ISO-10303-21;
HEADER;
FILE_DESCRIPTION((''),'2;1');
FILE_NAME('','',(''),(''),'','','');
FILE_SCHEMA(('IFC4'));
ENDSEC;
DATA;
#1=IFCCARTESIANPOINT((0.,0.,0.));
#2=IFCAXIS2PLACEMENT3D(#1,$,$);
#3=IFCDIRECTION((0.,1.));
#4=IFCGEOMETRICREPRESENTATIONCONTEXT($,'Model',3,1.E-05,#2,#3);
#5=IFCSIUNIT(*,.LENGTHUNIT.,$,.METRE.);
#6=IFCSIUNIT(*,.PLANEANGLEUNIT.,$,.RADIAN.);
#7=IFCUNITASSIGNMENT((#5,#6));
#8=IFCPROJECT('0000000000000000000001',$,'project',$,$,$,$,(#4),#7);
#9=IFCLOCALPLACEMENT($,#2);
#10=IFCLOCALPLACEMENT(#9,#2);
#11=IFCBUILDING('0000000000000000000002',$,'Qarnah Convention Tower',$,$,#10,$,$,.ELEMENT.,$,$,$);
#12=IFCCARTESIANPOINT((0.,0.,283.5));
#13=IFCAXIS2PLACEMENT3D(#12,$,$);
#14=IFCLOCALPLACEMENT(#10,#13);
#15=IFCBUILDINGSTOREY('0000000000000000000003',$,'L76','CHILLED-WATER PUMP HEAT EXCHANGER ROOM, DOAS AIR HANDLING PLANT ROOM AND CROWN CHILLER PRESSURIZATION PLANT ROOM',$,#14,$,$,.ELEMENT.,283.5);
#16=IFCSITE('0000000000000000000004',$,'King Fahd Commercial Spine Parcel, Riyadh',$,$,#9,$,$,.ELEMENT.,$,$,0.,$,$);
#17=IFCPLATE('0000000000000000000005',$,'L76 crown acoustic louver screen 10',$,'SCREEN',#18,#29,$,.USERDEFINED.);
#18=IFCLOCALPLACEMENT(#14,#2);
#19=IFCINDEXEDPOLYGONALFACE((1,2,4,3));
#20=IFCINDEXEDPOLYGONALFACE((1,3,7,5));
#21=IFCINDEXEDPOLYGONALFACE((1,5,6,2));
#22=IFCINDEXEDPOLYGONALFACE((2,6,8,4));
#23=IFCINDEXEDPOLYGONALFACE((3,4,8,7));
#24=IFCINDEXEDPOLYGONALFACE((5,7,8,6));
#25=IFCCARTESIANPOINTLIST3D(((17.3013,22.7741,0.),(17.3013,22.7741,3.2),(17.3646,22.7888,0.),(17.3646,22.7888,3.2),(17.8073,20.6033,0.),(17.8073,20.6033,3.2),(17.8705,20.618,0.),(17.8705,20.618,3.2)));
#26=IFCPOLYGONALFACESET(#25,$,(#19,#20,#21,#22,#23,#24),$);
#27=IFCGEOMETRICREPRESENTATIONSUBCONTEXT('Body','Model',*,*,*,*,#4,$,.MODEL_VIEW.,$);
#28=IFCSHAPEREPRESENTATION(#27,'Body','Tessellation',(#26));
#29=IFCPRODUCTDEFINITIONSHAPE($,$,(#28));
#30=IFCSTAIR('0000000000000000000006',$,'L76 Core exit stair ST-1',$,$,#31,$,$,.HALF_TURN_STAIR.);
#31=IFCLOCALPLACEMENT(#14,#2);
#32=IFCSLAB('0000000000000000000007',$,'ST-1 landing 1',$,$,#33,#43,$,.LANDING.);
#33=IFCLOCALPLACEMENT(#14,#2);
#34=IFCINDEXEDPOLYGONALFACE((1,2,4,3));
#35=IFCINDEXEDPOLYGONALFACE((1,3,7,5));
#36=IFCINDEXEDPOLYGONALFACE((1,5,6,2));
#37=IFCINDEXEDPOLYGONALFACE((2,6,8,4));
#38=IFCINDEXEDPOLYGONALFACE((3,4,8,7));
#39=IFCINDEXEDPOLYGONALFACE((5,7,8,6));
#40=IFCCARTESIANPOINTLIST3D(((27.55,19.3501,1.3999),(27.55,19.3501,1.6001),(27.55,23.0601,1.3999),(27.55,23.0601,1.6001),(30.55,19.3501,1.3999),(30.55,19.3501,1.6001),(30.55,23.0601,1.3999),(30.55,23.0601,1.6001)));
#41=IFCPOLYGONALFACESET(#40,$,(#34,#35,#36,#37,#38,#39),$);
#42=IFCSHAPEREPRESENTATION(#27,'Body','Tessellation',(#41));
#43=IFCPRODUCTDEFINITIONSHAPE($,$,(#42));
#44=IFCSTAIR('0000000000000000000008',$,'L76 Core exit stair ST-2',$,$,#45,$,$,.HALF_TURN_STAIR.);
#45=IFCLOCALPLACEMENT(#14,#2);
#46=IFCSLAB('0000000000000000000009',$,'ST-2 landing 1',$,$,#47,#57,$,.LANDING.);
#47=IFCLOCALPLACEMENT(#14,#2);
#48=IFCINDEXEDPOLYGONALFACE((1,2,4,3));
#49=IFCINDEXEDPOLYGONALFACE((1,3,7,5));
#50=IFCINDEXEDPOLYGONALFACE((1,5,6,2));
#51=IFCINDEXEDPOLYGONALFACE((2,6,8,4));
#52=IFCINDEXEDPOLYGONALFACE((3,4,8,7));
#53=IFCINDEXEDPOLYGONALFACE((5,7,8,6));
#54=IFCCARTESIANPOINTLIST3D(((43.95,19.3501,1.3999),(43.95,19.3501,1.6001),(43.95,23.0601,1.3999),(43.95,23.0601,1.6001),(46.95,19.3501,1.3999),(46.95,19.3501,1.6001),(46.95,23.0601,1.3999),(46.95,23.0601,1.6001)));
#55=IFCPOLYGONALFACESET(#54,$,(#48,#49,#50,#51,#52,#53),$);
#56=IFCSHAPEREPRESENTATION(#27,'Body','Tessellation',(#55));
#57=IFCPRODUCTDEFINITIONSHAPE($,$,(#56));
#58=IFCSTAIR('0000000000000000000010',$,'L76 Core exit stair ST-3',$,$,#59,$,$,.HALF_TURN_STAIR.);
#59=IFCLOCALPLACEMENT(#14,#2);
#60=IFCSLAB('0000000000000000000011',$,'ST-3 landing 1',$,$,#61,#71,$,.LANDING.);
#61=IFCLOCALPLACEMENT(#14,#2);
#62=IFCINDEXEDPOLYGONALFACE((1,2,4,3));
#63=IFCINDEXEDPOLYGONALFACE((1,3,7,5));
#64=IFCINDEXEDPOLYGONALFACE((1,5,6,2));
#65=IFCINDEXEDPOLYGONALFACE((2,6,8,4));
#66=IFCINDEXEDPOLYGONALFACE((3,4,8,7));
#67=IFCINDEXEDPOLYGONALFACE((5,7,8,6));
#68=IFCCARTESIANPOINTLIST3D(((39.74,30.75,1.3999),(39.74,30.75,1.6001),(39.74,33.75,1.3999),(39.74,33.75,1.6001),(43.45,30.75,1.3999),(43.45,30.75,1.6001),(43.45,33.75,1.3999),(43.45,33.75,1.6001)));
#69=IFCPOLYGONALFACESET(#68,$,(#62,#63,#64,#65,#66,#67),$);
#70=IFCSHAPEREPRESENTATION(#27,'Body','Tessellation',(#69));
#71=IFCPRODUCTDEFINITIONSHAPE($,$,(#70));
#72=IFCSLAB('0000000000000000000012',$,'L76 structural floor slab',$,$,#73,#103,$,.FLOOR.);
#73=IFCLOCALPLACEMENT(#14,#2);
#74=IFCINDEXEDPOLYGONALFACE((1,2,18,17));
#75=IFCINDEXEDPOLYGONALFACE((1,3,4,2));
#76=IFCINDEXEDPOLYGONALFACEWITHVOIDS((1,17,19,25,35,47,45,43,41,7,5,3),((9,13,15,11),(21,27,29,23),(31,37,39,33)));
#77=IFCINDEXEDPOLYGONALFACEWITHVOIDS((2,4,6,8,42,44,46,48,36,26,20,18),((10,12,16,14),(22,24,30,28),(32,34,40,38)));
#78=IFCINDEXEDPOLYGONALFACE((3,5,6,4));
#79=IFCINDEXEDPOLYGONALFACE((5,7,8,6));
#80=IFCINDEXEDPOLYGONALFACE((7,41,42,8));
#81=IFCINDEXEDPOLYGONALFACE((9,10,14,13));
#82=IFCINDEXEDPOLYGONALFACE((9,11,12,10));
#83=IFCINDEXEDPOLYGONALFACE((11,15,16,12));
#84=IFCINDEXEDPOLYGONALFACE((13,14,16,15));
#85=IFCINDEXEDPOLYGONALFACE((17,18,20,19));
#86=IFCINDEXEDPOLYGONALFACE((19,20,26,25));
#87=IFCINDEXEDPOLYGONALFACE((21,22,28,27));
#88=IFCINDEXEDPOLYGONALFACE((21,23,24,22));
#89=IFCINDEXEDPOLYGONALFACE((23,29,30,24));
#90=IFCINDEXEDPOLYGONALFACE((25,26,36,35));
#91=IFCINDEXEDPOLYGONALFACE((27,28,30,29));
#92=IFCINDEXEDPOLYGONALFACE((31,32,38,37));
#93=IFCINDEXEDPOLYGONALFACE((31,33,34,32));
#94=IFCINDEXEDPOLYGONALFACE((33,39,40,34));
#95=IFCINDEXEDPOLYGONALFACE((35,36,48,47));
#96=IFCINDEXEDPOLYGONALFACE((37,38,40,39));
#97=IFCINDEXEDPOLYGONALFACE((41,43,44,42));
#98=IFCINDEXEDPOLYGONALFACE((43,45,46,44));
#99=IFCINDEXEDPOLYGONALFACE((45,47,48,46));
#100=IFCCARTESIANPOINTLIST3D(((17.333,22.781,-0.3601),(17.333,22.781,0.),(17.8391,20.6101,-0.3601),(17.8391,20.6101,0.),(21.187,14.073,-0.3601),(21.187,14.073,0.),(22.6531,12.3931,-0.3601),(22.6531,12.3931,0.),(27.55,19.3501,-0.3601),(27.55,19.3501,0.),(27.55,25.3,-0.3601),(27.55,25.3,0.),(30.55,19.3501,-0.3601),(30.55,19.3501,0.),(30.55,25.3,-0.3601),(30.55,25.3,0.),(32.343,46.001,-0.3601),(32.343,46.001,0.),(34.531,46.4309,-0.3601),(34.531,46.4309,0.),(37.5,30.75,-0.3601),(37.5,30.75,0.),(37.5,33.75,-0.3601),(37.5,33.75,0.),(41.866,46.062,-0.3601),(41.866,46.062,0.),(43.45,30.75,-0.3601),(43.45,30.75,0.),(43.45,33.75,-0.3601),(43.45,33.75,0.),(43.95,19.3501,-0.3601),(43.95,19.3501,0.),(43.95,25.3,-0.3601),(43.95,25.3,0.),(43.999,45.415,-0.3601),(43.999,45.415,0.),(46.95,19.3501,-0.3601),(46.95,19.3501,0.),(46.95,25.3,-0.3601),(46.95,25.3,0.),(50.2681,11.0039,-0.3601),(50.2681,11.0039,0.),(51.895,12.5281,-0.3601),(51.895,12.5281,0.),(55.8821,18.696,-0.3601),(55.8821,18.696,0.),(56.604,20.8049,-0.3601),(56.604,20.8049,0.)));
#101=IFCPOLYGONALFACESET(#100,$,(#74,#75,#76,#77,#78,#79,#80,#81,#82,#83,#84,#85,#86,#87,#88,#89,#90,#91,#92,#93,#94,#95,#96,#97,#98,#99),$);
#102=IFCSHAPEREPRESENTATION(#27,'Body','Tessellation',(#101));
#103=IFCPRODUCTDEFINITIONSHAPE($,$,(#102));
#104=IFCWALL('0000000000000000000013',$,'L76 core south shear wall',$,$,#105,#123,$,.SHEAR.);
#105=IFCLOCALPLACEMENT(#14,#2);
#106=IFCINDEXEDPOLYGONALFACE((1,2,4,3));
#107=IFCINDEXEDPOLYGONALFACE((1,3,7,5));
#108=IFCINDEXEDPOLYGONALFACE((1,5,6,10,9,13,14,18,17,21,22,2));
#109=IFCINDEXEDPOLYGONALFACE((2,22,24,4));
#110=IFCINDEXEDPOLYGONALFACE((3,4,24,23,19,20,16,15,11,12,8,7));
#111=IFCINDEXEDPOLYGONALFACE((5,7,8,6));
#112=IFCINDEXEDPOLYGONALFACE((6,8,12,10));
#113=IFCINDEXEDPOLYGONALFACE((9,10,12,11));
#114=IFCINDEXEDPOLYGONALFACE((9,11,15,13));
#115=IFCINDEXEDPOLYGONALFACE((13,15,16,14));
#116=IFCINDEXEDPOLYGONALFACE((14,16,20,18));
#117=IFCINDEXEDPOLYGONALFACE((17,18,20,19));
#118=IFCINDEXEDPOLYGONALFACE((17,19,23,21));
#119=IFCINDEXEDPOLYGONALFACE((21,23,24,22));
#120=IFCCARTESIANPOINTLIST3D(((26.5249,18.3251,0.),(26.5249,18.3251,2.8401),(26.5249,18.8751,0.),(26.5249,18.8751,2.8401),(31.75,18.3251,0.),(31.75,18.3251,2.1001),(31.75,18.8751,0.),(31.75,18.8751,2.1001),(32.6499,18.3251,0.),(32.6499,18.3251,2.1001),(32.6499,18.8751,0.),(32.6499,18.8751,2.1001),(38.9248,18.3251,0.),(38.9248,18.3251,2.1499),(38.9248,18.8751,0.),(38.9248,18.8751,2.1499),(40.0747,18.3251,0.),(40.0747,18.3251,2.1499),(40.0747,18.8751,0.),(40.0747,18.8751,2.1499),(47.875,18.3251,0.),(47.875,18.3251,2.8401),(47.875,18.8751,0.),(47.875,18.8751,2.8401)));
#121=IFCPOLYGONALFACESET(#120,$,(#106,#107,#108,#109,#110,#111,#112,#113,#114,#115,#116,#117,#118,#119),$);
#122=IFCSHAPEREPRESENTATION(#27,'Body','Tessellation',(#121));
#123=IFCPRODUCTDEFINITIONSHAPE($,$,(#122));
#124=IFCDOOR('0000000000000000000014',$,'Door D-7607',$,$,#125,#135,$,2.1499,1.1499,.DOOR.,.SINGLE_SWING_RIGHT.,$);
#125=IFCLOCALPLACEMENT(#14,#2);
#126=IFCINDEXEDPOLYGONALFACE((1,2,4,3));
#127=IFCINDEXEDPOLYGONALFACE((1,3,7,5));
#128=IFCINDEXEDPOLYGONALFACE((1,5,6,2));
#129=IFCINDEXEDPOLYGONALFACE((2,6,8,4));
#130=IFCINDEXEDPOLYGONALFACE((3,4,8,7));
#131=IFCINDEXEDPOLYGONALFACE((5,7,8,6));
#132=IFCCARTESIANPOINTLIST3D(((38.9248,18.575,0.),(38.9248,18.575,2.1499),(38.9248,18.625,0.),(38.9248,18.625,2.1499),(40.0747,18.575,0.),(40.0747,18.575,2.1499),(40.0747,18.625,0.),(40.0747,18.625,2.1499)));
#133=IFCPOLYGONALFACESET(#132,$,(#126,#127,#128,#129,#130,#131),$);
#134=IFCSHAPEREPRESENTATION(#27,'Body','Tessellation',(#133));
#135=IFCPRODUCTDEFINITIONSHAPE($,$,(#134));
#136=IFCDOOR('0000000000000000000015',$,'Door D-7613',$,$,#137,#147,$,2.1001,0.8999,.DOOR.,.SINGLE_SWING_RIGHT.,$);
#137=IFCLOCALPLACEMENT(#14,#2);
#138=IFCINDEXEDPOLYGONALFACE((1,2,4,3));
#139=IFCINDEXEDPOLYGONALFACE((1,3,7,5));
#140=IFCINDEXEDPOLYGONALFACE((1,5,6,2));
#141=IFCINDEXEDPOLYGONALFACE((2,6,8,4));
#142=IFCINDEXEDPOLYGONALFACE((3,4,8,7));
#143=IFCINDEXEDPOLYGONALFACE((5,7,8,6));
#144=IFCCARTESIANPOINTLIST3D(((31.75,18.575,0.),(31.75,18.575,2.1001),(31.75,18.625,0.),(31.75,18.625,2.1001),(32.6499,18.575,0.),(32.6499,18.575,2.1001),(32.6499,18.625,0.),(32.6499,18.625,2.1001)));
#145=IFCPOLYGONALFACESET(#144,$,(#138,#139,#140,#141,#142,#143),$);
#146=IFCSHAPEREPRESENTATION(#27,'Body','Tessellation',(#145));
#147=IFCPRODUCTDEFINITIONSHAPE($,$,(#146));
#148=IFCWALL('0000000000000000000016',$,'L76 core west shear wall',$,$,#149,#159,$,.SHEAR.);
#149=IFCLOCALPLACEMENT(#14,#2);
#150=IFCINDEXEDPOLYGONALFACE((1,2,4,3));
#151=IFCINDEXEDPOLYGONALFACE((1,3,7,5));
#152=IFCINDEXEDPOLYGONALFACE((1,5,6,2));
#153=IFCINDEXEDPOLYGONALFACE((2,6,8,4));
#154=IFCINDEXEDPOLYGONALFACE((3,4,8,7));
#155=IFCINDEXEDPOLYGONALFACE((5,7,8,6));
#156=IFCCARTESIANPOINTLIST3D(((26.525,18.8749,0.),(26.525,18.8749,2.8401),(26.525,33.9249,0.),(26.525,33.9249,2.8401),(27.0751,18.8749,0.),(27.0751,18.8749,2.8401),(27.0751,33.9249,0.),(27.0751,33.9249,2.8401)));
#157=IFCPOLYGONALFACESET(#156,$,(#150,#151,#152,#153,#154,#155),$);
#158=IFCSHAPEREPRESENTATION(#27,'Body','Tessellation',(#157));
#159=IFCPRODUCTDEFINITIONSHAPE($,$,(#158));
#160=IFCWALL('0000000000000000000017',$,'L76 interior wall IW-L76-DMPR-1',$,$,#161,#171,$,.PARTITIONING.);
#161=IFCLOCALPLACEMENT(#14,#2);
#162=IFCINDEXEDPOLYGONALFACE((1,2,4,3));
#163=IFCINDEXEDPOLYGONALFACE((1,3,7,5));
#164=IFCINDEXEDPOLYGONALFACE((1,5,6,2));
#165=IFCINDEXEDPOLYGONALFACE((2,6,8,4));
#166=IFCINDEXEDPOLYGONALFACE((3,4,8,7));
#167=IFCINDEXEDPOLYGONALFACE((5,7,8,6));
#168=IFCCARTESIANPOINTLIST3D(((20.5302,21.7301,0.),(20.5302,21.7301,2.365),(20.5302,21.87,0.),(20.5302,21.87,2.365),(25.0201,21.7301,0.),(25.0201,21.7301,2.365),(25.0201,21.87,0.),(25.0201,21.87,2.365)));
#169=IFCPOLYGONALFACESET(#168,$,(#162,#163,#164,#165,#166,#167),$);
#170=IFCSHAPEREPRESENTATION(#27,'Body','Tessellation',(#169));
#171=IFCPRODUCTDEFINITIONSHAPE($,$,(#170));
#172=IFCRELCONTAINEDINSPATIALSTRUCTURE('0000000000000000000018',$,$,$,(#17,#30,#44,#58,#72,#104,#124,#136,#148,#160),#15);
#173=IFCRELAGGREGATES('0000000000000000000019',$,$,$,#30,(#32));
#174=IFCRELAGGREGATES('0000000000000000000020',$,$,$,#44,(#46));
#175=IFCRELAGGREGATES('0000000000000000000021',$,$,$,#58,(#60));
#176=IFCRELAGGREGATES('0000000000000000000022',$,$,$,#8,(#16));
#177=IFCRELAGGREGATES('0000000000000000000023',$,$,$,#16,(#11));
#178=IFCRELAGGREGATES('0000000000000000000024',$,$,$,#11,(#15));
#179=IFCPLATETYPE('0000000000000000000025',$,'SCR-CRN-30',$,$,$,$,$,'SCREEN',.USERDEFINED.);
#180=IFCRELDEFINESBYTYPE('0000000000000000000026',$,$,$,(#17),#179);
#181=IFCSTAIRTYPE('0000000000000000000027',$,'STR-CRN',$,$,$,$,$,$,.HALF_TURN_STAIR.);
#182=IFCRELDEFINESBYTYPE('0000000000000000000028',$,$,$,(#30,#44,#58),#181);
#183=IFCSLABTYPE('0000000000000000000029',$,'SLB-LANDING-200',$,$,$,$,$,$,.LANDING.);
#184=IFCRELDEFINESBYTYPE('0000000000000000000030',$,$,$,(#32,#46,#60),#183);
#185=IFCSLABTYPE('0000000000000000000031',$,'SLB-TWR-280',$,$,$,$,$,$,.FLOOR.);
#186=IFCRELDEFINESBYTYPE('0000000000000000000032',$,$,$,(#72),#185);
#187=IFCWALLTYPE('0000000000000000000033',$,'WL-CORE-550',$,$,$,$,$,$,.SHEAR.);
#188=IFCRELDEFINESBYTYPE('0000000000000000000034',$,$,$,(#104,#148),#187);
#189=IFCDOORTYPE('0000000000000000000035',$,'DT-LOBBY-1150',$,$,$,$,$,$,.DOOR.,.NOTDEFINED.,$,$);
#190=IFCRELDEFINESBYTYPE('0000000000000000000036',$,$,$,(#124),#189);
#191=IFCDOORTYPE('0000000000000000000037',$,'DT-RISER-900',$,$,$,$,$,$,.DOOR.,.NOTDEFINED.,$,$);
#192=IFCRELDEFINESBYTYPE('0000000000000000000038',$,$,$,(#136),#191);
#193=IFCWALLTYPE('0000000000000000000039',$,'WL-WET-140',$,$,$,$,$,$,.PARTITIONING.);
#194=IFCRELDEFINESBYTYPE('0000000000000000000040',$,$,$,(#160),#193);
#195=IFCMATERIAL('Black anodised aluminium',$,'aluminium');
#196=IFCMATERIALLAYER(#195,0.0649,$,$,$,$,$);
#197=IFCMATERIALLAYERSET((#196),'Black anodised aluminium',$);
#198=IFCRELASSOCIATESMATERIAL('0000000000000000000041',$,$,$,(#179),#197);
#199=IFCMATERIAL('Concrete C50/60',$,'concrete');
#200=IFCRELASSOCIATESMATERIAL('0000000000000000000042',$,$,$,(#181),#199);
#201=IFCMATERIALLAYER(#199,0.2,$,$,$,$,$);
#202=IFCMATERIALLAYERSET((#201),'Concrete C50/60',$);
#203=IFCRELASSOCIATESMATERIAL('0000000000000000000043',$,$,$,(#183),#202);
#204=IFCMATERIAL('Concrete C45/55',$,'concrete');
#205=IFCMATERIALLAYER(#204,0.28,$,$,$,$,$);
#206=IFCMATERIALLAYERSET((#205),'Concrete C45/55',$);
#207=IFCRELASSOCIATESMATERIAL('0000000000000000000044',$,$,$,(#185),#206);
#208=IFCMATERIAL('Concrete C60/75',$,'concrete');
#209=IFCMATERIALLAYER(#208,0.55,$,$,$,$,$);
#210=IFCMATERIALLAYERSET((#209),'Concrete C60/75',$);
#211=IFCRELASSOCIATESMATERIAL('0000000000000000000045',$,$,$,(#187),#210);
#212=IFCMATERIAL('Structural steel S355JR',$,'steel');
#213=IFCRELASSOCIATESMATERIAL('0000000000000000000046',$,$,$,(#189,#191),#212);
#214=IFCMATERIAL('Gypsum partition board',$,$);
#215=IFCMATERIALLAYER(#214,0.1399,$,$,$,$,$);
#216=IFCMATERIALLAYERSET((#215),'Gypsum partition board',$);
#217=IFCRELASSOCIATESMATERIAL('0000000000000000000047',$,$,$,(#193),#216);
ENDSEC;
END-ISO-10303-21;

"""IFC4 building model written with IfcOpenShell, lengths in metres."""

from ifc_helpers import new_model, si_unit, direction, frame, frame_2d, origin, origin_2d, place, context, subcontext, project, spatial, polyline, rectangle, outline, extrude, material, layer, layer_set, type_object, element, fill, aggregate, save


model = new_model("IFC4")

# Units and contexts
model_context = context("Model", 3, precision=1e-05, world=origin(), true_north=direction((0.0, 1.0)))
body_context = subcontext(model_context, "Body", "Model", "MODEL_VIEW")
ifc_project = project(units=[si_unit("LENGTHUNIT", "METRE"), si_unit("PLANEANGLEUNIT", "RADIAN")], contexts=[model_context])

# Site, building, storey
site_placement = place(None, origin())
site = spatial("IfcSite", under=ifc_project, at=site_placement, Name="King Fahd Commercial Spine Parcel, Riyadh", CompositionType="ELEMENT", RefElevation=0.0)
building_placement = place(site_placement, origin())
building = spatial("IfcBuilding", under=site, at=building_placement, Name="Qarnah Convention Tower", CompositionType="ELEMENT")
storey_placement = place(building_placement, frame((0.0, 0.0, 283.5)))
storey = spatial("IfcBuildingStorey", under=building, at=storey_placement, Name="L76", Description="CHILLED-WATER PUMP HEAT EXCHANGER ROOM, DOAS AIR HANDLING PLANT ROOM AND CROWN CHILLER PRESSURIZATION PLANT ROOM", CompositionType="ELEMENT", Elevation=283.5)

# Shared definitions
ifc_material_1 = material(Name="Structural steel S355JR", Category="steel")

# Shared definitions
ifc_material_2 = material(Name="Black anodised aluminium", Category="aluminium")

# Plate
ifc_layer_1 = layer(ifc_material_2, 0.0649)
ifc_layer_set_1 = layer_set([ifc_layer_1], Name="Black anodised aluminium")
plate_type_1 = type_object("IfcPlateType", Name="SCR-CRN-30", ElementType="SCREEN", PredefinedType="USERDEFINED", material=ifc_layer_set_1)
plate_1_placement = place(storey_placement, frame((17.5859, 21.696, 0.0), z_axis=(0.0, 0.0, 1.0), x_axis=(-0.226988, 0.973898, 0.0)))
element("IfcPlate", 1, at=plate_1_placement, inside=storey, type_object=plate_type_1, Name="L76 crown acoustic louver screen 10", ObjectType="SCREEN", PredefinedType="USERDEFINED", context=body_context, shape_type="SweptSolid", body=[
    extrude(rectangle(XDim=2.229, YDim=0.0649, at=origin_2d()), origin(), (0.0, 0.0, 1.0), 3.2),
])

# Stairs, slabs
ifc_material_3 = material(Name="Concrete C50/60", Category="concrete")
stair_type = type_object("IfcStairType", Name="STR-CRN", PredefinedType="HALF_TURN_STAIR", material=ifc_material_3)
stair_1_placement = place(storey_placement, origin())
stair_1 = element("IfcStair", 2, at=stair_1_placement, inside=storey, type_object=stair_type, Name="L76 Core exit stair ST-1", PredefinedType="HALF_TURN_STAIR")
ifc_layer_2 = layer(ifc_material_3, 0.2)
ifc_layer_set_2 = layer_set([ifc_layer_2], Name="Concrete C50/60")
slab_type_1 = type_object("IfcSlabType", Name="SLB-LANDING-200", PredefinedType="LANDING", material=ifc_layer_set_2)
slab_1_placement = place(storey_placement, frame((0.0, 0.0, 1.3999)))
slab_1 = element("IfcSlab", 3, at=slab_1_placement, type_object=slab_type_1, Name="ST-1 landing 1", PredefinedType="LANDING", context=body_context, shape_type="SweptSolid", body=[
    extrude(outline(polyline([(27.55, 23.0601), (27.55, 19.3501), (30.55, 19.3501), (30.55, 23.0601), (27.55, 23.0601)])), origin(), (0.0, 0.0, 1.0), 0.2002),
])
aggregate(stair_1, [slab_1])
stair_2_placement = place(storey_placement, origin())
stair_2 = element("IfcStair", 4, at=stair_2_placement, inside=storey, type_object=stair_type, Name="L76 Core exit stair ST-2", PredefinedType="HALF_TURN_STAIR")
slab_2_placement = place(storey_placement, frame((0.0, 0.0, 1.3999)))
slab_2 = element("IfcSlab", 5, at=slab_2_placement, type_object=slab_type_1, Name="ST-2 landing 1", PredefinedType="LANDING", context=body_context, shape_type="SweptSolid", body=[
    extrude(outline(polyline([(43.95, 23.0601), (43.95, 19.3501), (46.95, 19.3501), (46.95, 23.0601), (43.95, 23.0601)])), origin(), (0.0, 0.0, 1.0), 0.2002),
])
aggregate(stair_2, [slab_2])
stair_3_placement = place(storey_placement, origin())
stair_3 = element("IfcStair", 6, at=stair_3_placement, inside=storey, type_object=stair_type, Name="L76 Core exit stair ST-3", PredefinedType="HALF_TURN_STAIR")
slab_3_placement = place(storey_placement, frame((0.0, 0.0, 1.3999)))
slab_3 = element("IfcSlab", 7, at=slab_3_placement, type_object=slab_type_1, Name="ST-3 landing 1", PredefinedType="LANDING", context=body_context, shape_type="SweptSolid", body=[
    extrude(outline(polyline([(39.74, 30.75), (43.45, 30.75), (43.45, 33.75), (39.74, 33.75), (39.74, 30.75)])), origin(), (0.0, 0.0, 1.0), 0.2002),
])
aggregate(stair_3, [slab_3])

# Slab
ifc_material_4 = material(Name="Concrete C45/55", Category="concrete")
ifc_layer_3 = layer(ifc_material_4, 0.28)
ifc_layer_set_3 = layer_set([ifc_layer_3], Name="Concrete C45/55")
slab_type_2 = type_object("IfcSlabType", Name="SLB-TWR-280", PredefinedType="FLOOR", material=ifc_layer_set_3)
slab_4_placement = place(storey_placement, frame((0.0, 0.0, -0.3601)))
element("IfcSlab", 8, at=slab_4_placement, inside=storey, type_object=slab_type_2, Name="L76 structural floor slab", PredefinedType="FLOOR", context=body_context, shape_type="SweptSolid", body=[
    extrude(outline(polyline([(32.343, 46.001), (17.333, 22.781), (17.8391, 20.6101), (21.187, 14.073), (22.6531, 12.3931), (50.2681, 11.0039), (51.895, 12.5281), (55.8821, 18.696), (56.604, 20.8049), (43.999, 45.415), (41.866, 46.062), (34.531, 46.4309), (32.343, 46.001)]), holes=[polyline([(27.55, 25.3), (27.55, 19.3501), (30.55, 19.3501), (30.55, 25.3), (27.55, 25.3)]), polyline([(43.95, 25.3), (43.95, 19.3501), (46.95, 19.3501), (46.95, 25.3), (43.95, 25.3)]), polyline([(37.5, 30.75), (43.45, 30.75), (43.45, 33.75), (37.5, 33.75), (37.5, 30.75)])]), origin(), (0.0, 0.0, 1.0), 0.3601),
])

# Wall, openings, doors
ifc_material_5 = material(Name="Concrete C60/75", Category="concrete")
ifc_layer_4 = layer(ifc_material_5, 0.55)
ifc_layer_set_4 = layer_set([ifc_layer_4], Name="Concrete C60/75")
wall_type_1 = type_object("IfcWallType", Name="WL-CORE-550", PredefinedType="SHEAR", material=ifc_layer_set_4)
wall_1_placement = place(storey_placement, frame((26.5249, 18.6001, 0.0), z_axis=(0.0, 0.0, 1.0), x_axis=(1.0, 0.0, 0.0)))
wall_1 = element("IfcWall", 9, at=wall_1_placement, inside=storey, type_object=wall_type_1, Name="L76 core south shear wall", PredefinedType="SHEAR", context=body_context, shape_type="SweptSolid", body=[
    extrude(rectangle(XDim=21.3501, YDim=0.55, at=frame_2d((10.675, 0.0))), origin(), (0.0, 0.0, 1.0), 2.8401),
])
opening_1_placement = place(wall_1_placement, frame((12.3999, 0.0, 0.0)))
opening_1 = element("IfcOpeningElement", 10, at=opening_1_placement, cuts=wall_1, PredefinedType="OPENING", context=body_context, shape_type="SweptSolid", body=[
    extrude(rectangle(XDim=1.1499, YDim=2.1499, at=frame_2d((0.575, 1.075))), frame((0.0, 0.2849, 0.0), z_axis=(0.0, -1.0, 0.0), x_axis=(1.0, 0.0, 0.0)), (0.0, 0.0, 1.0), 0.5701),
])
opening_2_placement = place(wall_1_placement, frame((5.2251, 0.0, 0.0)))
opening_2 = element("IfcOpeningElement", 11, at=opening_2_placement, cuts=wall_1, PredefinedType="OPENING", context=body_context, shape_type="SweptSolid", body=[
    extrude(rectangle(XDim=0.8999, YDim=2.1001, at=frame_2d((0.45, 1.05))), frame((0.0, 0.2849, 0.0), z_axis=(0.0, -1.0, 0.0), x_axis=(1.0, 0.0, 0.0)), (0.0, 0.0, 1.0), 0.5701),
])
door_type_1 = type_object("IfcDoorType", Name="DT-LOBBY-1150", OperationType="NOTDEFINED", PredefinedType="DOOR", material=ifc_material_1)
door_1_placement = place(opening_1_placement, origin())
door_1 = element("IfcDoor", 12, at=door_1_placement, inside=storey, type_object=door_type_1, Name="Door D-7607", OperationType="SINGLE_SWING_RIGHT", OverallHeight=2.1499, OverallWidth=1.1499, PredefinedType="DOOR", context=body_context, shape_type="SweptSolid", body=[
    extrude(rectangle(XDim=1.1499, YDim=2.1499, at=frame_2d((0.575, 1.075))), frame((0.0, 0.0249, 0.0), z_axis=(0.0, -1.0, 0.0), x_axis=(1.0, 0.0, 0.0)), (0.0, 0.0, 1.0), 0.05),
])
fill(opening_1, door_1)
door_type_2 = type_object("IfcDoorType", Name="DT-RISER-900", OperationType="NOTDEFINED", PredefinedType="DOOR", material=ifc_material_1)
door_2_placement = place(opening_2_placement, origin())
door_2 = element("IfcDoor", 13, at=door_2_placement, inside=storey, type_object=door_type_2, Name="Door D-7613", OperationType="SINGLE_SWING_RIGHT", OverallHeight=2.1001, OverallWidth=0.8999, PredefinedType="DOOR", context=body_context, shape_type="SweptSolid", body=[
    extrude(rectangle(XDim=0.8999, YDim=2.1001, at=frame_2d((0.45, 1.05))), frame((0.0, 0.0249, 0.0), z_axis=(0.0, -1.0, 0.0), x_axis=(1.0, 0.0, 0.0)), (0.0, 0.0, 1.0), 0.05),
])
fill(opening_2, door_2)

# Walls
wall_2_placement = place(storey_placement, frame((26.8, 18.875, 0.0), z_axis=(0.0, 0.0, 1.0), x_axis=(0.0, 1.0, 0.0)))
element("IfcWall", 14, at=wall_2_placement, inside=storey, type_object=wall_type_1, Name="L76 core west shear wall", PredefinedType="SHEAR", context=body_context, shape_type="SweptSolid", body=[
    extrude(rectangle(XDim=15.05, YDim=0.55, at=frame_2d((7.5249, 0.0))), origin(), (0.0, 0.0, 1.0), 2.8401),
])
ifc_material_6 = material(Name="Gypsum partition board")
ifc_layer_5 = layer(ifc_material_6, 0.1399)
ifc_layer_set_5 = layer_set([ifc_layer_5], Name="Gypsum partition board")
wall_type_2 = type_object("IfcWallType", Name="WL-WET-140", PredefinedType="PARTITIONING", material=ifc_layer_set_5)
wall_3_placement = place(storey_placement, frame((20.53, 21.8, 0.0), z_axis=(0.0, 0.0, 1.0), x_axis=(1.0, 0.0, 0.0)))
element("IfcWall", 15, at=wall_3_placement, inside=storey, type_object=wall_type_2, Name="L76 interior wall IW-L76-DMPR-1", PredefinedType="PARTITIONING", context=body_context, shape_type="SweptSolid", body=[
    extrude(rectangle(XDim=4.49, YDim=0.1399, at=frame_2d((2.2451, 0.0))), origin(), (0.0, 0.0, 1.0), 2.365),
])

save(model, "model.ifc")
